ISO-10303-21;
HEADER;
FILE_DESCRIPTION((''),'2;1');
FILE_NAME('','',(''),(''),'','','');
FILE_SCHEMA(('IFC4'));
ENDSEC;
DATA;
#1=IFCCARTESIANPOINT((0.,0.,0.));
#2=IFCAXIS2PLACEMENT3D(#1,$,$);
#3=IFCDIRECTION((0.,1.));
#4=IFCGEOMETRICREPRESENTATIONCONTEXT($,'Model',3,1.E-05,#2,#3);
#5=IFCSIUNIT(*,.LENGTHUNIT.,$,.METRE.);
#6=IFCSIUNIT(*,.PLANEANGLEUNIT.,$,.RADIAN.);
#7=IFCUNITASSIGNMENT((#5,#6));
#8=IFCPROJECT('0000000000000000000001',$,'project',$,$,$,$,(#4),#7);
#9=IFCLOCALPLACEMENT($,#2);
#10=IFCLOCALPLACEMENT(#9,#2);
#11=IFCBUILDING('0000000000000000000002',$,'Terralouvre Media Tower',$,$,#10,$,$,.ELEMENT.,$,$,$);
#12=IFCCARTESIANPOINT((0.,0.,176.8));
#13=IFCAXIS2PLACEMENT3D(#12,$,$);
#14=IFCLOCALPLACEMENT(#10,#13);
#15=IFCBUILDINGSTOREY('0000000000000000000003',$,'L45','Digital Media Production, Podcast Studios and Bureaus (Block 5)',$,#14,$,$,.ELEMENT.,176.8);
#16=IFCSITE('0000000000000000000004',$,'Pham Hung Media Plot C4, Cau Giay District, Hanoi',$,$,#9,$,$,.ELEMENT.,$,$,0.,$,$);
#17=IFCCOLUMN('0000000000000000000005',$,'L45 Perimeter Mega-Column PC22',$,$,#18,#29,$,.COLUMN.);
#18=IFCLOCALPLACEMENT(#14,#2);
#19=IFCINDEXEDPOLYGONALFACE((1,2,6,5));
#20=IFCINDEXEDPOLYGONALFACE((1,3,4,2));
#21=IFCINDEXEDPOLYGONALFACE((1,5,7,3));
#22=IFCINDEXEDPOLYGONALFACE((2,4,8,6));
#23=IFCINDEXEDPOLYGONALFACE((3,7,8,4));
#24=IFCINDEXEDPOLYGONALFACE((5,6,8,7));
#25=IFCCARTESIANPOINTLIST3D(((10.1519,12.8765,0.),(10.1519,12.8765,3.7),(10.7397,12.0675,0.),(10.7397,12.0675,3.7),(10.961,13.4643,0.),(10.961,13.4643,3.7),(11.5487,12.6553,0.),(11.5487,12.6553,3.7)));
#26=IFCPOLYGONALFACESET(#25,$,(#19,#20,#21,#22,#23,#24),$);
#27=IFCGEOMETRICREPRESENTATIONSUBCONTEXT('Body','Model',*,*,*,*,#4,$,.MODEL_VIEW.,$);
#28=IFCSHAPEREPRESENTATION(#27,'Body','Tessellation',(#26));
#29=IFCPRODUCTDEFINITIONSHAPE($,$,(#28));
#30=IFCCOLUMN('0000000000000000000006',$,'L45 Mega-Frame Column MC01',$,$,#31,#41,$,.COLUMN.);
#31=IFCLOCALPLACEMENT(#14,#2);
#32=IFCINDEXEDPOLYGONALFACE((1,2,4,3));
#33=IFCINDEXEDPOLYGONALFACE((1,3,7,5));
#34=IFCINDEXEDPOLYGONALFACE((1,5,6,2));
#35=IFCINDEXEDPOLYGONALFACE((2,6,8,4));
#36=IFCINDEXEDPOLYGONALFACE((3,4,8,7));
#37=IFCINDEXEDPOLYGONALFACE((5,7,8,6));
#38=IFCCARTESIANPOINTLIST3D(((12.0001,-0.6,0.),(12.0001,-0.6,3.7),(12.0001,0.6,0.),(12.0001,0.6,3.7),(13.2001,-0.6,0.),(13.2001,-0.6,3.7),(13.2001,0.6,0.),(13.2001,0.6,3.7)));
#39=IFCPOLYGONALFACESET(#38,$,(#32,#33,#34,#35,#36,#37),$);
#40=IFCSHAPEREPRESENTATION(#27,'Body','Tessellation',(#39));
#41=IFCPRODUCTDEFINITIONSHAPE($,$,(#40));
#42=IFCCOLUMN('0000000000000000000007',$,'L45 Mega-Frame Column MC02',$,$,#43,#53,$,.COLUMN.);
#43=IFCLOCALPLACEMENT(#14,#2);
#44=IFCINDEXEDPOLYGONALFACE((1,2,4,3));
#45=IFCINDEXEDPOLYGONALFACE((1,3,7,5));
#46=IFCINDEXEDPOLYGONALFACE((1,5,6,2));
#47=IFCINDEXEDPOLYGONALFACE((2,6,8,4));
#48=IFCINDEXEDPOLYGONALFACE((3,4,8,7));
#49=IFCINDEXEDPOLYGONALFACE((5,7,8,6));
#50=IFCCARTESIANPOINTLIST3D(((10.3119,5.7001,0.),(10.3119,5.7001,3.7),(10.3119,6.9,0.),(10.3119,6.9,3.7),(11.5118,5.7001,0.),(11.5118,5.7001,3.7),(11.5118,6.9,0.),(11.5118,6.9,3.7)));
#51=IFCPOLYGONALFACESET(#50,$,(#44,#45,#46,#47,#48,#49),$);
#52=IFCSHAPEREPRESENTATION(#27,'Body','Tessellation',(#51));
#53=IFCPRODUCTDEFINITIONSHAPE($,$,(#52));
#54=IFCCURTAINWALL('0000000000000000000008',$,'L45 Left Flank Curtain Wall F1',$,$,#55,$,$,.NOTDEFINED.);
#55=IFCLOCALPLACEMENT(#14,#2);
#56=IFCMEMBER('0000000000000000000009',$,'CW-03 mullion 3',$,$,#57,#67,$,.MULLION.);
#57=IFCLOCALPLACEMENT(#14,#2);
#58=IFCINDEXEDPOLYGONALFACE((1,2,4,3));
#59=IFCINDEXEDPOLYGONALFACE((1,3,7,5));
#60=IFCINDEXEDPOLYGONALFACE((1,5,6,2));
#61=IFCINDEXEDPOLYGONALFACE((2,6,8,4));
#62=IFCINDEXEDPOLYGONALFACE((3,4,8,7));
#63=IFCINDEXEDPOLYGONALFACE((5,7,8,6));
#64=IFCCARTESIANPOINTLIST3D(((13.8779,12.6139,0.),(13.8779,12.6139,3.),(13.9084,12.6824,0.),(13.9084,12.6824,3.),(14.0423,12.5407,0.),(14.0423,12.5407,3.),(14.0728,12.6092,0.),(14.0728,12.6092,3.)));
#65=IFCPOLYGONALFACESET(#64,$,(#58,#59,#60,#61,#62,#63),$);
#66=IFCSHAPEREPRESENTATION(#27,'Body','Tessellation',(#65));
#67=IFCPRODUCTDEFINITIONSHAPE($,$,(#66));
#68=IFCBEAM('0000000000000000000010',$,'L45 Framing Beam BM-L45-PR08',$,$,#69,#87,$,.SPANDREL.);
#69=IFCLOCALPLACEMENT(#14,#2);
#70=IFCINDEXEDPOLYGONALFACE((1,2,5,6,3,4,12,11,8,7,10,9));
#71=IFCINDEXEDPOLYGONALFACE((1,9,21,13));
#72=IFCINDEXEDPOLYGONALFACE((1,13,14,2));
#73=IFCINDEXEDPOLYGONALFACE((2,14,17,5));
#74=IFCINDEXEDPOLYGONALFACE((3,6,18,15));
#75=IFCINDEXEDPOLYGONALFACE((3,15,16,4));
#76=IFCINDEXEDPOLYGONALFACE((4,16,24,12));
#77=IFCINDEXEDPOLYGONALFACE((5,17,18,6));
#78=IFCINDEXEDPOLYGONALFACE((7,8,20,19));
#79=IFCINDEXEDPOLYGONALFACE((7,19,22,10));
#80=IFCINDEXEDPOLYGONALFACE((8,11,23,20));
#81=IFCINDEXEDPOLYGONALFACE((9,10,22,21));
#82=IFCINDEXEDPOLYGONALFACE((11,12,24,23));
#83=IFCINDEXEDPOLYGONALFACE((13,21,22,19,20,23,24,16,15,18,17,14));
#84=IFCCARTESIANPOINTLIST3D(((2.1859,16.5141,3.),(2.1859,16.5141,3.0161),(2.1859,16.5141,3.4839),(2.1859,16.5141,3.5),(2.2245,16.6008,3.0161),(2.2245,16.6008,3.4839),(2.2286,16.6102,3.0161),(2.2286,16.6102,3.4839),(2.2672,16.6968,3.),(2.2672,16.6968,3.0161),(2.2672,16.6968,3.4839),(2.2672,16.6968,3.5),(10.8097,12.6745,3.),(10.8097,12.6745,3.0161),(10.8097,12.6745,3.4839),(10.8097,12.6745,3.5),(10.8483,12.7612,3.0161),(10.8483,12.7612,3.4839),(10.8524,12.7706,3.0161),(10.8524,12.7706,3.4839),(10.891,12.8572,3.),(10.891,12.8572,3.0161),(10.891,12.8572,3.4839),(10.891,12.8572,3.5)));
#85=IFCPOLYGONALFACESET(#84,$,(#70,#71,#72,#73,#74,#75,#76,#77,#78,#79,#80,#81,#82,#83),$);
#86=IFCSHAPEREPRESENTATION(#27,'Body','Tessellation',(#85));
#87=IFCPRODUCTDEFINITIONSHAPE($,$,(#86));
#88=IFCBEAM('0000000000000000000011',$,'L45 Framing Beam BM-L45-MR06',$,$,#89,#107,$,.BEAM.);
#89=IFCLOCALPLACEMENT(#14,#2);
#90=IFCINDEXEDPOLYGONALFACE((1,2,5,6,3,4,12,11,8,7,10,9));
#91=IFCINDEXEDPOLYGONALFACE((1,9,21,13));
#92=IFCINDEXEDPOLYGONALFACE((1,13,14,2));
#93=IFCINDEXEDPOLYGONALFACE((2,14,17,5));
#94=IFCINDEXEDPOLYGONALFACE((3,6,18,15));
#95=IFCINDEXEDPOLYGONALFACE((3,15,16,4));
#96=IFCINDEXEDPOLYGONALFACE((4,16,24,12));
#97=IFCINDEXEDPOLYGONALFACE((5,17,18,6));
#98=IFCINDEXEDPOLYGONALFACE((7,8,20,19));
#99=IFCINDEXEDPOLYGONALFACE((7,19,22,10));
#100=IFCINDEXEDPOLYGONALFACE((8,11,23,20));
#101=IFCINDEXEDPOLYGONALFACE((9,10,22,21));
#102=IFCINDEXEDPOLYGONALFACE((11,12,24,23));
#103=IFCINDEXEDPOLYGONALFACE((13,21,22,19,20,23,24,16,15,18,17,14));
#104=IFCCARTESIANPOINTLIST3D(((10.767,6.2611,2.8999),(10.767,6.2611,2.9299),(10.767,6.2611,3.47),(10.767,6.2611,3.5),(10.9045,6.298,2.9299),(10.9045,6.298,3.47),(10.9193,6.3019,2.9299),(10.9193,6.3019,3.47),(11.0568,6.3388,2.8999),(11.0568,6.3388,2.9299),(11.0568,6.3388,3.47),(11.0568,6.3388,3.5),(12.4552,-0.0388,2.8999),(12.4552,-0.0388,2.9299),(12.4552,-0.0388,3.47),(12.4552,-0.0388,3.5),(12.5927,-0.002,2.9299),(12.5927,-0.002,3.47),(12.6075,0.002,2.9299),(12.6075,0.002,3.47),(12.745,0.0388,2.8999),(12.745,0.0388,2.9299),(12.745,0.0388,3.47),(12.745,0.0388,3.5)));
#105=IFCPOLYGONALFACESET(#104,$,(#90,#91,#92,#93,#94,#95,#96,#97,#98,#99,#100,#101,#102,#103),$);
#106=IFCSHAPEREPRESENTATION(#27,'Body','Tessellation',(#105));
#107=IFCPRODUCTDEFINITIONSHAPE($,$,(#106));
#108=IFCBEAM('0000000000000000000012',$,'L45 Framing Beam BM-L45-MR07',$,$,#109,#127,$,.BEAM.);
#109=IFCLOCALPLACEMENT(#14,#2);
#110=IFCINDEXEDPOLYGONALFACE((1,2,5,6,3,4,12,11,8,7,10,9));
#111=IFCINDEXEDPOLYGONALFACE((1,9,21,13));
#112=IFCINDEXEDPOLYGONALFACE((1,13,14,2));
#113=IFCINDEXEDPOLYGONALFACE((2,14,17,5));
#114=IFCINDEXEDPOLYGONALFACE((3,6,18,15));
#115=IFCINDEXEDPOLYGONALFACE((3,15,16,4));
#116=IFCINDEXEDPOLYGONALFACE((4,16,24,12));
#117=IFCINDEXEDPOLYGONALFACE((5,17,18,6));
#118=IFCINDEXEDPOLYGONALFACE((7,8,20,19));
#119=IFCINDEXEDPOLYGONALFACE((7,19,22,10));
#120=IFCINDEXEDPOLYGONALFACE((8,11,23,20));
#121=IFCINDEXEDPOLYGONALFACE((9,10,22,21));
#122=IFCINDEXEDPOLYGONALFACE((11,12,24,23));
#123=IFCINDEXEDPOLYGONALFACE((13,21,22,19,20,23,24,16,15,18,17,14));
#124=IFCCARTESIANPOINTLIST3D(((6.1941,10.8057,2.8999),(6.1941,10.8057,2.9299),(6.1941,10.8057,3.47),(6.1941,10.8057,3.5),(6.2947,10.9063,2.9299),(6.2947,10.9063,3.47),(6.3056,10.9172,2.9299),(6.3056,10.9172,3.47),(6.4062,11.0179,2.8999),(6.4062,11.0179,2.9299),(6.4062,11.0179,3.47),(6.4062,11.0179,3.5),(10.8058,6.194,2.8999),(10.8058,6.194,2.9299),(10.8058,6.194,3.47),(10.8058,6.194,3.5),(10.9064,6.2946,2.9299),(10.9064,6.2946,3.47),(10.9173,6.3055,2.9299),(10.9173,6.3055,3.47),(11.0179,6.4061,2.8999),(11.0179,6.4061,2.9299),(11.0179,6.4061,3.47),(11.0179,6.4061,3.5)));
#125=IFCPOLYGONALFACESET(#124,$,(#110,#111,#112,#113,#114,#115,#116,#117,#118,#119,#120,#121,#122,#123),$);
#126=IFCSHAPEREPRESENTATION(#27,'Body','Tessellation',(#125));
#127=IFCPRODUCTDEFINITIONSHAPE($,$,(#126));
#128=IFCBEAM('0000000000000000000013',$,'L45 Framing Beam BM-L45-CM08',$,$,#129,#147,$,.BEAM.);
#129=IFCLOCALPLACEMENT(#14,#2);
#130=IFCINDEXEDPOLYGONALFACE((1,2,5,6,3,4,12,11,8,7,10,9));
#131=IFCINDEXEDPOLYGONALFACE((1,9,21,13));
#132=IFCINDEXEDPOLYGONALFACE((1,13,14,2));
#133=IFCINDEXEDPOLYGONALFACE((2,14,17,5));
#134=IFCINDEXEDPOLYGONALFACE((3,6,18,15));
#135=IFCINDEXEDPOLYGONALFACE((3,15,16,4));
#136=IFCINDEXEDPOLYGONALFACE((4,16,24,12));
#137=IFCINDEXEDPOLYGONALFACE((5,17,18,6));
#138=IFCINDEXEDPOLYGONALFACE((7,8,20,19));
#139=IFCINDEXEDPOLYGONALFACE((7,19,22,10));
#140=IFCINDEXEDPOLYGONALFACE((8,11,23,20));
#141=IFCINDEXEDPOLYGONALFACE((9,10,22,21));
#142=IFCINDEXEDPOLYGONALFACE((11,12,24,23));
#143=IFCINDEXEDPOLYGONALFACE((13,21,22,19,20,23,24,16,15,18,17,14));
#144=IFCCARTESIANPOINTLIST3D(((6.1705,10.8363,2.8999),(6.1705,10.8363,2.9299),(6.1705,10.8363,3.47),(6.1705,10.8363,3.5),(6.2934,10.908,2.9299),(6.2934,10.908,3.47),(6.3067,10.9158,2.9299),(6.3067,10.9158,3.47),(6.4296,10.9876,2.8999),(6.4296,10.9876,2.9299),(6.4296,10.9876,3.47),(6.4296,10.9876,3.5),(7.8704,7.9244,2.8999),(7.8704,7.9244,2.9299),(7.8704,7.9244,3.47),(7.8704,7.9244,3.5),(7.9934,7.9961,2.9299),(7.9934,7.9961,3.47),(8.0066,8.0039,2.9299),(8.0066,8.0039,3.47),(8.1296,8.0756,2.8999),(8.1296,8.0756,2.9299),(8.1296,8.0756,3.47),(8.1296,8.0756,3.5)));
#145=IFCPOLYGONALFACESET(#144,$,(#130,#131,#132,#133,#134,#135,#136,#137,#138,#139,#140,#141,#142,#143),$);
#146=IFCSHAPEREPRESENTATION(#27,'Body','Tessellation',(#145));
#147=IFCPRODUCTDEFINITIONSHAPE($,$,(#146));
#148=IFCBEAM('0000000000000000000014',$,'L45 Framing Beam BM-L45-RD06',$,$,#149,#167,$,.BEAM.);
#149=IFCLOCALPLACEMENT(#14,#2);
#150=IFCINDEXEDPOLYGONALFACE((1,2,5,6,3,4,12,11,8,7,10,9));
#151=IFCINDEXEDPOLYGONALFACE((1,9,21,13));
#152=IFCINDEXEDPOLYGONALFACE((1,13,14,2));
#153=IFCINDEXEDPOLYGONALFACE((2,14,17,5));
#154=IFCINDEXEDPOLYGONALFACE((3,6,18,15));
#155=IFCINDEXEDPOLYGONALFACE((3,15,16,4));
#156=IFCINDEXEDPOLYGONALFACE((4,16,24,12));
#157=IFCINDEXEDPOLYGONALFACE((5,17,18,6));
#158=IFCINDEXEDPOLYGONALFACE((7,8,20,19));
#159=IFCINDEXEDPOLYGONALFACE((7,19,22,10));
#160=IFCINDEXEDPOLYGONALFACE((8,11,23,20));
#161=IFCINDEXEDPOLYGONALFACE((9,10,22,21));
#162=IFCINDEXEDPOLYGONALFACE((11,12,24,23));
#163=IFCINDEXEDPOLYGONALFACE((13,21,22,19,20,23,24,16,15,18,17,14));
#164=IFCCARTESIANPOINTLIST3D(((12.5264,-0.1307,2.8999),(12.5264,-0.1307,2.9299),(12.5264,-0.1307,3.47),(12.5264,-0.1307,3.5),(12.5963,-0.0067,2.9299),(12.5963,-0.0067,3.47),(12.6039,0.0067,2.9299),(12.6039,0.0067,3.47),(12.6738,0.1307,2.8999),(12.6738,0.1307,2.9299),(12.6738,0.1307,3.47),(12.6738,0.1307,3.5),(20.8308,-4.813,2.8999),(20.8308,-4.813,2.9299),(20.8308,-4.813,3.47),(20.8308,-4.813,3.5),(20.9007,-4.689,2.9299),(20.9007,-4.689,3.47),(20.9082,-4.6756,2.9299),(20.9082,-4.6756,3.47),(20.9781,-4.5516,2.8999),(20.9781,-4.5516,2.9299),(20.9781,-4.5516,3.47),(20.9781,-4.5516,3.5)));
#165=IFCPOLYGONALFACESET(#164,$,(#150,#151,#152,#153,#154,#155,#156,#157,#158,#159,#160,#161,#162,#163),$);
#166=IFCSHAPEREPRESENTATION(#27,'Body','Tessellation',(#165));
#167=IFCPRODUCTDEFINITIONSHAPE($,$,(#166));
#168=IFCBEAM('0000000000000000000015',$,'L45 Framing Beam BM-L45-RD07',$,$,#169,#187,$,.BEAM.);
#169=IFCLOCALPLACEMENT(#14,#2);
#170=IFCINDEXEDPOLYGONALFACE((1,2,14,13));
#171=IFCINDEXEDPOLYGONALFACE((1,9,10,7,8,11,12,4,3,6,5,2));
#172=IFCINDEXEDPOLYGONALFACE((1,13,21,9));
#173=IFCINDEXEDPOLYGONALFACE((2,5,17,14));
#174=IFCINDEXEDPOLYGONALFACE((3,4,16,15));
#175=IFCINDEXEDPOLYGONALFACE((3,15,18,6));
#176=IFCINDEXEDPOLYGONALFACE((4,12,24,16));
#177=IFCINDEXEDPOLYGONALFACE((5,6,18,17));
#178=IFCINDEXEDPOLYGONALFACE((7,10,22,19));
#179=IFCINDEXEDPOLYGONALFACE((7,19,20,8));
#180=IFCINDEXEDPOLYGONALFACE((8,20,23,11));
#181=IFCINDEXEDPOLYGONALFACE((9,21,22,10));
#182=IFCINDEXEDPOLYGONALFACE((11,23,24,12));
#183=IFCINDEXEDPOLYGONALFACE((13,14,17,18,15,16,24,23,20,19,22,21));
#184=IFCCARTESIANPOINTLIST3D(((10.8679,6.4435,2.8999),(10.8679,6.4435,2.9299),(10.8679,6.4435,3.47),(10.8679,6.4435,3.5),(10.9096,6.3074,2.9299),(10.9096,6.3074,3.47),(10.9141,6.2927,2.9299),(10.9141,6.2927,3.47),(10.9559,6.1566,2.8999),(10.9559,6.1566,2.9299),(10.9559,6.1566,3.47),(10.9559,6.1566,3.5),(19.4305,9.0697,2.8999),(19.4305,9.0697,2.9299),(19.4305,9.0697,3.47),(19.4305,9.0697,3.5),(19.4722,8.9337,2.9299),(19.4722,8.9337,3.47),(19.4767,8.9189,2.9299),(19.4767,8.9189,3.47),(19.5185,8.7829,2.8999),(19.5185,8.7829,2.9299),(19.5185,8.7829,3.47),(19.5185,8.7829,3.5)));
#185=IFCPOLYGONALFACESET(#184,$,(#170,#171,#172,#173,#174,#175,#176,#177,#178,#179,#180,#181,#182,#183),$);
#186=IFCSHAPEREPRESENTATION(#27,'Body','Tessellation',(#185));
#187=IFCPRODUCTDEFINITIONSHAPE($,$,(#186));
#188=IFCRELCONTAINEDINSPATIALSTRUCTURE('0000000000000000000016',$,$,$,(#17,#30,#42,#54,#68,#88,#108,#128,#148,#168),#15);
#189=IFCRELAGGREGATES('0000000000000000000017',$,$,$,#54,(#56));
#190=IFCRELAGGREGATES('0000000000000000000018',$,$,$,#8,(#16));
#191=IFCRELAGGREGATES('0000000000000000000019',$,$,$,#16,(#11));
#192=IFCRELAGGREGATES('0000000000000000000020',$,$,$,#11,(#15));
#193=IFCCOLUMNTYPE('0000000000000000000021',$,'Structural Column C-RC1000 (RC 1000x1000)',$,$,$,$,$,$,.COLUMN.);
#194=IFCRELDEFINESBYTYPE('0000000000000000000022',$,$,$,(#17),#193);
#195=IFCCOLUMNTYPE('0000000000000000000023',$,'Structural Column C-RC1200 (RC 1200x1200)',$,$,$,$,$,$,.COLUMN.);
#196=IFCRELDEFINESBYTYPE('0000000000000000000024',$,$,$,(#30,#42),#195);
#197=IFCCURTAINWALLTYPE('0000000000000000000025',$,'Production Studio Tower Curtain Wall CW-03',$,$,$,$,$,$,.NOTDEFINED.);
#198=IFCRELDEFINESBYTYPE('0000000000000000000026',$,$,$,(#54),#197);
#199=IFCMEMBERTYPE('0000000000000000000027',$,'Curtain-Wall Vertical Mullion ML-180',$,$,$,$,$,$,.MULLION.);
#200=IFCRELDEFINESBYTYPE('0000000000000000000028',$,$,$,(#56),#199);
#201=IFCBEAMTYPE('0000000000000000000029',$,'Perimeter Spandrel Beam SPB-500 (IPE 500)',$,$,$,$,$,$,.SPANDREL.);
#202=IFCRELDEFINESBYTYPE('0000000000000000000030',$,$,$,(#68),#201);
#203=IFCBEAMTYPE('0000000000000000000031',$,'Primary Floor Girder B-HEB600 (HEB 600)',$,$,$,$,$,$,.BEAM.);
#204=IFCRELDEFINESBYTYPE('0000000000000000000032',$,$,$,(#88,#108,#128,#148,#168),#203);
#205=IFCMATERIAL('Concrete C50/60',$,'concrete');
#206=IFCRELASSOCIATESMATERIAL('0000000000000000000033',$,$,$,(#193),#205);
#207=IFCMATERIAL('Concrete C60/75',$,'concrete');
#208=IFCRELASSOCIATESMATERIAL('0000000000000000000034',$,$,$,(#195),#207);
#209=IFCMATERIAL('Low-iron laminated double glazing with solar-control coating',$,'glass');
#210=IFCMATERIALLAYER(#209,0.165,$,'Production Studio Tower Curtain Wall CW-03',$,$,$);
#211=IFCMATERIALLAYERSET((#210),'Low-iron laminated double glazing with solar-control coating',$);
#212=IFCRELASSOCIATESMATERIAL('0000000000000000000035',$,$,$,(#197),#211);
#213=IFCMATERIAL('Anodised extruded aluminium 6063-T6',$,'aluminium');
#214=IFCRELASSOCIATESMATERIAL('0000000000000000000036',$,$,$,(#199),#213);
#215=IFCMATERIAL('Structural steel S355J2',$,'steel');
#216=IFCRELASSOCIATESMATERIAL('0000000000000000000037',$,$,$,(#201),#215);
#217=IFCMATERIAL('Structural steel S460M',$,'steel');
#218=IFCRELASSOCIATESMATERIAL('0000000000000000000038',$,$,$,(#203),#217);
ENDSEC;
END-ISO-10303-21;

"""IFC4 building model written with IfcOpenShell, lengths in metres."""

from ifc_helpers import new_model, si_unit, direction, frame, origin, origin_2d, place, context, subcontext, project, spatial, rectangle, i_section, extrude, material, layer, layer_set, material_profile, profile_set, type_object, element, aggregate, save


model = new_model("IFC4")

# Units and contexts
model_context = context("Model", 3, precision=1e-05, world=origin(), true_north=direction((0.0, 1.0)))
body_context = subcontext(model_context, "Body", "Model", "MODEL_VIEW")
ifc_project = project(units=[si_unit("LENGTHUNIT", "METRE"), si_unit("PLANEANGLEUNIT", "RADIAN")], contexts=[model_context])

# Site, building, storey
site_placement = place(None, origin())
site = spatial("IfcSite", under=ifc_project, at=site_placement, Name="Pham Hung Media Plot C4, Cau Giay District, Hanoi", CompositionType="ELEMENT", RefElevation=0.0)
building_placement = place(site_placement, origin())
building = spatial("IfcBuilding", under=site, at=building_placement, Name="Terralouvre Media Tower", CompositionType="ELEMENT")
storey_placement = place(building_placement, frame((0.0, 0.0, 176.8)))
storey = spatial("IfcBuildingStorey", under=building, at=storey_placement, Name="L45", Description="Digital Media Production, Podcast Studios and Bureaus (Block 5)", CompositionType="ELEMENT", Elevation=176.8)

# Columns
ifc_material_1 = material(Name="Concrete C50/60", Category="concrete")
ifc_material_profile_1 = material_profile(ifc_material_1, rectangle(XDim=1.0, YDim=1.0, at=origin_2d()), Name="RC 1000x1000")
ifc_profile_set_1 = profile_set([ifc_material_profile_1], Name="Concrete C50/60")
column_type_1 = type_object("IfcColumnType", Name="Structural Column C-RC1000 (RC 1000x1000)", PredefinedType="COLUMN", material=ifc_profile_set_1)
column_placement = place(storey_placement, frame((10.8503, 12.7659, 0.0), z_axis=(0.0, 0.0, 1.0), x_axis=(0.809017, 0.587785, 0.0)))
element("IfcColumn", 1, at=column_placement, inside=storey, type_object=column_type_1, Name="L45 Perimeter Mega-Column PC22", PredefinedType="COLUMN", context=body_context, shape_type="SweptSolid", body=[
    extrude(rectangle(XDim=1.0, YDim=1.0, at=origin_2d()), origin(), (0.0, 0.0, 1.0), 3.7),
])
ifc_material_2 = material(Name="Concrete C60/75", Category="concrete")
ifc_material_profile_2 = material_profile(ifc_material_2, rectangle(XDim=1.2, YDim=1.2, at=origin_2d()), Name="RC 1200x1200")
ifc_profile_set_2 = profile_set([ifc_material_profile_2], Name="Concrete C60/75")
column_type_2 = type_object("IfcColumnType", Name="Structural Column C-RC1200 (RC 1200x1200)", PredefinedType="COLUMN", material=ifc_profile_set_2)
for number, where, z_axis, x_axis, name in (
    (2, (12.6001, 0.0, 0.0), (0.0, 0.0, 1.0), (1.0, 0.0, 0.0), "L45 Mega-Frame Column MC01"),
    (3, (10.9119, 6.3, 0.0), (0.0, 0.0, 1.0), (1.0, 0.0, 0.0), "L45 Mega-Frame Column MC02"),
):
    element("IfcColumn", number, at=place(storey_placement, frame(where, z_axis=z_axis, x_axis=x_axis)), inside=storey, type_object=column_type_2, Name=name, PredefinedType="COLUMN", context=body_context, shape_type="SweptSolid", body=[
        extrude(rectangle(XDim=1.2, YDim=1.2, at=origin_2d()), origin(), (0.0, 0.0, 1.0), 3.7),
    ])

# Curtain wall, member
ifc_material_3 = material(Name="Low-iron laminated double glazing with solar-control coating", Category="glass")
ifc_layer_1 = layer(ifc_material_3, 0.165, Name="Production Studio Tower Curtain Wall CW-03")
ifc_layer_set_1 = layer_set([ifc_layer_1], Name="Low-iron laminated double glazing with solar-control coating")
curtain_wall_type = type_object("IfcCurtainWallType", Name="Production Studio Tower Curtain Wall CW-03", PredefinedType="NOTDEFINED", material=ifc_layer_set_1)
curtain_wall_placement = place(storey_placement, origin())
curtain_wall = element("IfcCurtainWall", 4, at=curtain_wall_placement, inside=storey, type_object=curtain_wall_type, Name="L45 Left Flank Curtain Wall F1", PredefinedType="NOTDEFINED")
ifc_material_4 = material(Name="Anodised extruded aluminium 6063-T6", Category="aluminium")
ifc_material_profile_3 = material_profile(ifc_material_4, rectangle(XDim=0.075, YDim=0.1799, at=origin_2d()), Name="ALU 75x180")
ifc_profile_set_3 = profile_set([ifc_material_profile_3], Name="Anodised extruded aluminium 6063-T6")
member_type = type_object("IfcMemberType", Name="Curtain-Wall Vertical Mullion ML-180", PredefinedType="MULLION", material=ifc_profile_set_3)
member_placement = place(storey_placement, frame((13.9753, 12.6116, 0.0), z_axis=(0.0, 0.0, 1.0), x_axis=(-0.406737, -0.913545, 0.0)))
member = element("IfcMember", 5, at=member_placement, type_object=member_type, Name="CW-03 mullion 3", PredefinedType="MULLION", context=body_context, shape_type="SweptSolid", body=[
    extrude(rectangle(XDim=0.075, YDim=0.1799, at=origin_2d()), origin(), (0.0, 0.0, 1.0), 3.0),
])

# Beams
ifc_material_5 = material(Name="Structural steel S355J2", Category="steel")
ifc_material_profile_4 = material_profile(ifc_material_5, i_section(OverallWidth=0.2, OverallDepth=0.5, WebThickness=0.0103, FlangeThickness=0.0161, at=origin_2d()), Name="IPE 500")
ifc_profile_set_4 = profile_set([ifc_material_profile_4], Name="Structural steel S355J2")
beam_type_1 = type_object("IfcBeamType", Name="Perimeter Spandrel Beam SPB-500 (IPE 500)", PredefinedType="SPANDREL", material=ifc_profile_set_4)
beam_1_placement = place(storey_placement, frame((10.8503, 12.7659, 3.25), z_axis=(-0.913544, 0.406741, 0.0), x_axis=(-0.406741, -0.913544, 0.0)))
element("IfcBeam", 6, at=beam_1_placement, inside=storey, type_object=beam_type_1, Name="L45 Framing Beam BM-L45-PR08", PredefinedType="SPANDREL", context=body_context, shape_type="SweptSolid", body=[
    extrude(i_section(OverallWidth=0.2, OverallDepth=0.5, WebThickness=0.0103, FlangeThickness=0.0161, at=origin_2d()), origin(), (0.0, 0.0, 1.0), 9.4399),
])
ifc_material_6 = material(Name="Structural steel S460M", Category="steel")
ifc_material_profile_5 = material_profile(ifc_material_6, i_section(OverallWidth=0.3, OverallDepth=0.6001, WebThickness=0.0154, FlangeThickness=0.03, at=origin_2d()), Name="HEB 600")
ifc_profile_set_5 = profile_set([ifc_material_profile_5], Name="Structural steel S460M")
beam_type_2 = type_object("IfcBeamType", Name="Primary Floor Girder B-HEB600 (HEB 600)", PredefinedType="BEAM", material=ifc_profile_set_5)
beam_2_placement = place(storey_placement, frame((12.6001, 0.0, 3.2), z_axis=(-0.258839, 0.96592, 0.0), x_axis=(-0.96592, -0.258839, 0.0)))
element("IfcBeam", 7, at=beam_2_placement, inside=storey, type_object=beam_type_2, Name="L45 Framing Beam BM-L45-MR06", PredefinedType="BEAM", context=body_context, shape_type="SweptSolid", body=[
    extrude(i_section(OverallWidth=0.3, OverallDepth=0.6001, WebThickness=0.0154, FlangeThickness=0.03, at=origin_2d()), origin(), (0.0, 0.0, 1.0), 6.5222),
])
beam_3_placement = place(storey_placement, frame((10.9119, 6.3, 3.2), z_axis=(-0.707107, 0.707107, 0.0), x_axis=(-0.707107, -0.707107, 0.0)))
element("IfcBeam", 8, at=beam_3_placement, inside=storey, type_object=beam_type_2, Name="L45 Framing Beam BM-L45-MR07", PredefinedType="BEAM", context=body_context, shape_type="SweptSolid", body=[
    extrude(i_section(OverallWidth=0.3, OverallDepth=0.6001, WebThickness=0.0154, FlangeThickness=0.03, at=origin_2d()), origin(), (0.0, 0.0, 1.0), 6.522),
])
beam_4_placement = place(storey_placement, frame((8.0, 8.0, 3.2), z_axis=(-0.504173, 0.863603, 0.0), x_axis=(-0.863603, -0.504173, 0.0)))
element("IfcBeam", 9, at=beam_4_placement, inside=storey, type_object=beam_type_2, Name="L45 Framing Beam BM-L45-CM08", PredefinedType="BEAM", context=body_context, shape_type="SweptSolid", body=[
    extrude(i_section(OverallWidth=0.3, OverallDepth=0.6001, WebThickness=0.0154, FlangeThickness=0.03, at=origin_2d()), origin(), (0.0, 0.0, 1.0), 3.3718),
])
beam_5_placement = place(storey_placement, frame((12.6001, 0.0, 3.2), z_axis=(0.871077, -0.491147, 0.0), x_axis=(0.491147, 0.871077, 0.0)))
element("IfcBeam", 10, at=beam_5_placement, inside=storey, type_object=beam_type_2, Name="L45 Framing Beam BM-L45-RD06", PredefinedType="BEAM", context=body_context, shape_type="SweptSolid", body=[
    extrude(i_section(OverallWidth=0.3, OverallDepth=0.6001, WebThickness=0.0154, FlangeThickness=0.03, at=origin_2d()), origin(), (0.0, 0.0, 1.0), 9.5334),
])
beam_6_placement = place(storey_placement, frame((10.9119, 6.3, 3.2), z_axis=(0.956042, 0.293229, 0.0), x_axis=(-0.293229, 0.956042, 0.0)))
element("IfcBeam", 11, at=beam_6_placement, inside=storey, type_object=beam_type_2, Name="L45 Framing Beam BM-L45-RD07", PredefinedType="BEAM", context=body_context, shape_type="SweptSolid", body=[
    extrude(i_section(OverallWidth=0.3, OverallDepth=0.6001, WebThickness=0.0154, FlangeThickness=0.03, at=origin_2d()), origin(), (0.0, 0.0, 1.0), 8.9563),
])

aggregate(curtain_wall, [member])

save(model, "model.ifc")
